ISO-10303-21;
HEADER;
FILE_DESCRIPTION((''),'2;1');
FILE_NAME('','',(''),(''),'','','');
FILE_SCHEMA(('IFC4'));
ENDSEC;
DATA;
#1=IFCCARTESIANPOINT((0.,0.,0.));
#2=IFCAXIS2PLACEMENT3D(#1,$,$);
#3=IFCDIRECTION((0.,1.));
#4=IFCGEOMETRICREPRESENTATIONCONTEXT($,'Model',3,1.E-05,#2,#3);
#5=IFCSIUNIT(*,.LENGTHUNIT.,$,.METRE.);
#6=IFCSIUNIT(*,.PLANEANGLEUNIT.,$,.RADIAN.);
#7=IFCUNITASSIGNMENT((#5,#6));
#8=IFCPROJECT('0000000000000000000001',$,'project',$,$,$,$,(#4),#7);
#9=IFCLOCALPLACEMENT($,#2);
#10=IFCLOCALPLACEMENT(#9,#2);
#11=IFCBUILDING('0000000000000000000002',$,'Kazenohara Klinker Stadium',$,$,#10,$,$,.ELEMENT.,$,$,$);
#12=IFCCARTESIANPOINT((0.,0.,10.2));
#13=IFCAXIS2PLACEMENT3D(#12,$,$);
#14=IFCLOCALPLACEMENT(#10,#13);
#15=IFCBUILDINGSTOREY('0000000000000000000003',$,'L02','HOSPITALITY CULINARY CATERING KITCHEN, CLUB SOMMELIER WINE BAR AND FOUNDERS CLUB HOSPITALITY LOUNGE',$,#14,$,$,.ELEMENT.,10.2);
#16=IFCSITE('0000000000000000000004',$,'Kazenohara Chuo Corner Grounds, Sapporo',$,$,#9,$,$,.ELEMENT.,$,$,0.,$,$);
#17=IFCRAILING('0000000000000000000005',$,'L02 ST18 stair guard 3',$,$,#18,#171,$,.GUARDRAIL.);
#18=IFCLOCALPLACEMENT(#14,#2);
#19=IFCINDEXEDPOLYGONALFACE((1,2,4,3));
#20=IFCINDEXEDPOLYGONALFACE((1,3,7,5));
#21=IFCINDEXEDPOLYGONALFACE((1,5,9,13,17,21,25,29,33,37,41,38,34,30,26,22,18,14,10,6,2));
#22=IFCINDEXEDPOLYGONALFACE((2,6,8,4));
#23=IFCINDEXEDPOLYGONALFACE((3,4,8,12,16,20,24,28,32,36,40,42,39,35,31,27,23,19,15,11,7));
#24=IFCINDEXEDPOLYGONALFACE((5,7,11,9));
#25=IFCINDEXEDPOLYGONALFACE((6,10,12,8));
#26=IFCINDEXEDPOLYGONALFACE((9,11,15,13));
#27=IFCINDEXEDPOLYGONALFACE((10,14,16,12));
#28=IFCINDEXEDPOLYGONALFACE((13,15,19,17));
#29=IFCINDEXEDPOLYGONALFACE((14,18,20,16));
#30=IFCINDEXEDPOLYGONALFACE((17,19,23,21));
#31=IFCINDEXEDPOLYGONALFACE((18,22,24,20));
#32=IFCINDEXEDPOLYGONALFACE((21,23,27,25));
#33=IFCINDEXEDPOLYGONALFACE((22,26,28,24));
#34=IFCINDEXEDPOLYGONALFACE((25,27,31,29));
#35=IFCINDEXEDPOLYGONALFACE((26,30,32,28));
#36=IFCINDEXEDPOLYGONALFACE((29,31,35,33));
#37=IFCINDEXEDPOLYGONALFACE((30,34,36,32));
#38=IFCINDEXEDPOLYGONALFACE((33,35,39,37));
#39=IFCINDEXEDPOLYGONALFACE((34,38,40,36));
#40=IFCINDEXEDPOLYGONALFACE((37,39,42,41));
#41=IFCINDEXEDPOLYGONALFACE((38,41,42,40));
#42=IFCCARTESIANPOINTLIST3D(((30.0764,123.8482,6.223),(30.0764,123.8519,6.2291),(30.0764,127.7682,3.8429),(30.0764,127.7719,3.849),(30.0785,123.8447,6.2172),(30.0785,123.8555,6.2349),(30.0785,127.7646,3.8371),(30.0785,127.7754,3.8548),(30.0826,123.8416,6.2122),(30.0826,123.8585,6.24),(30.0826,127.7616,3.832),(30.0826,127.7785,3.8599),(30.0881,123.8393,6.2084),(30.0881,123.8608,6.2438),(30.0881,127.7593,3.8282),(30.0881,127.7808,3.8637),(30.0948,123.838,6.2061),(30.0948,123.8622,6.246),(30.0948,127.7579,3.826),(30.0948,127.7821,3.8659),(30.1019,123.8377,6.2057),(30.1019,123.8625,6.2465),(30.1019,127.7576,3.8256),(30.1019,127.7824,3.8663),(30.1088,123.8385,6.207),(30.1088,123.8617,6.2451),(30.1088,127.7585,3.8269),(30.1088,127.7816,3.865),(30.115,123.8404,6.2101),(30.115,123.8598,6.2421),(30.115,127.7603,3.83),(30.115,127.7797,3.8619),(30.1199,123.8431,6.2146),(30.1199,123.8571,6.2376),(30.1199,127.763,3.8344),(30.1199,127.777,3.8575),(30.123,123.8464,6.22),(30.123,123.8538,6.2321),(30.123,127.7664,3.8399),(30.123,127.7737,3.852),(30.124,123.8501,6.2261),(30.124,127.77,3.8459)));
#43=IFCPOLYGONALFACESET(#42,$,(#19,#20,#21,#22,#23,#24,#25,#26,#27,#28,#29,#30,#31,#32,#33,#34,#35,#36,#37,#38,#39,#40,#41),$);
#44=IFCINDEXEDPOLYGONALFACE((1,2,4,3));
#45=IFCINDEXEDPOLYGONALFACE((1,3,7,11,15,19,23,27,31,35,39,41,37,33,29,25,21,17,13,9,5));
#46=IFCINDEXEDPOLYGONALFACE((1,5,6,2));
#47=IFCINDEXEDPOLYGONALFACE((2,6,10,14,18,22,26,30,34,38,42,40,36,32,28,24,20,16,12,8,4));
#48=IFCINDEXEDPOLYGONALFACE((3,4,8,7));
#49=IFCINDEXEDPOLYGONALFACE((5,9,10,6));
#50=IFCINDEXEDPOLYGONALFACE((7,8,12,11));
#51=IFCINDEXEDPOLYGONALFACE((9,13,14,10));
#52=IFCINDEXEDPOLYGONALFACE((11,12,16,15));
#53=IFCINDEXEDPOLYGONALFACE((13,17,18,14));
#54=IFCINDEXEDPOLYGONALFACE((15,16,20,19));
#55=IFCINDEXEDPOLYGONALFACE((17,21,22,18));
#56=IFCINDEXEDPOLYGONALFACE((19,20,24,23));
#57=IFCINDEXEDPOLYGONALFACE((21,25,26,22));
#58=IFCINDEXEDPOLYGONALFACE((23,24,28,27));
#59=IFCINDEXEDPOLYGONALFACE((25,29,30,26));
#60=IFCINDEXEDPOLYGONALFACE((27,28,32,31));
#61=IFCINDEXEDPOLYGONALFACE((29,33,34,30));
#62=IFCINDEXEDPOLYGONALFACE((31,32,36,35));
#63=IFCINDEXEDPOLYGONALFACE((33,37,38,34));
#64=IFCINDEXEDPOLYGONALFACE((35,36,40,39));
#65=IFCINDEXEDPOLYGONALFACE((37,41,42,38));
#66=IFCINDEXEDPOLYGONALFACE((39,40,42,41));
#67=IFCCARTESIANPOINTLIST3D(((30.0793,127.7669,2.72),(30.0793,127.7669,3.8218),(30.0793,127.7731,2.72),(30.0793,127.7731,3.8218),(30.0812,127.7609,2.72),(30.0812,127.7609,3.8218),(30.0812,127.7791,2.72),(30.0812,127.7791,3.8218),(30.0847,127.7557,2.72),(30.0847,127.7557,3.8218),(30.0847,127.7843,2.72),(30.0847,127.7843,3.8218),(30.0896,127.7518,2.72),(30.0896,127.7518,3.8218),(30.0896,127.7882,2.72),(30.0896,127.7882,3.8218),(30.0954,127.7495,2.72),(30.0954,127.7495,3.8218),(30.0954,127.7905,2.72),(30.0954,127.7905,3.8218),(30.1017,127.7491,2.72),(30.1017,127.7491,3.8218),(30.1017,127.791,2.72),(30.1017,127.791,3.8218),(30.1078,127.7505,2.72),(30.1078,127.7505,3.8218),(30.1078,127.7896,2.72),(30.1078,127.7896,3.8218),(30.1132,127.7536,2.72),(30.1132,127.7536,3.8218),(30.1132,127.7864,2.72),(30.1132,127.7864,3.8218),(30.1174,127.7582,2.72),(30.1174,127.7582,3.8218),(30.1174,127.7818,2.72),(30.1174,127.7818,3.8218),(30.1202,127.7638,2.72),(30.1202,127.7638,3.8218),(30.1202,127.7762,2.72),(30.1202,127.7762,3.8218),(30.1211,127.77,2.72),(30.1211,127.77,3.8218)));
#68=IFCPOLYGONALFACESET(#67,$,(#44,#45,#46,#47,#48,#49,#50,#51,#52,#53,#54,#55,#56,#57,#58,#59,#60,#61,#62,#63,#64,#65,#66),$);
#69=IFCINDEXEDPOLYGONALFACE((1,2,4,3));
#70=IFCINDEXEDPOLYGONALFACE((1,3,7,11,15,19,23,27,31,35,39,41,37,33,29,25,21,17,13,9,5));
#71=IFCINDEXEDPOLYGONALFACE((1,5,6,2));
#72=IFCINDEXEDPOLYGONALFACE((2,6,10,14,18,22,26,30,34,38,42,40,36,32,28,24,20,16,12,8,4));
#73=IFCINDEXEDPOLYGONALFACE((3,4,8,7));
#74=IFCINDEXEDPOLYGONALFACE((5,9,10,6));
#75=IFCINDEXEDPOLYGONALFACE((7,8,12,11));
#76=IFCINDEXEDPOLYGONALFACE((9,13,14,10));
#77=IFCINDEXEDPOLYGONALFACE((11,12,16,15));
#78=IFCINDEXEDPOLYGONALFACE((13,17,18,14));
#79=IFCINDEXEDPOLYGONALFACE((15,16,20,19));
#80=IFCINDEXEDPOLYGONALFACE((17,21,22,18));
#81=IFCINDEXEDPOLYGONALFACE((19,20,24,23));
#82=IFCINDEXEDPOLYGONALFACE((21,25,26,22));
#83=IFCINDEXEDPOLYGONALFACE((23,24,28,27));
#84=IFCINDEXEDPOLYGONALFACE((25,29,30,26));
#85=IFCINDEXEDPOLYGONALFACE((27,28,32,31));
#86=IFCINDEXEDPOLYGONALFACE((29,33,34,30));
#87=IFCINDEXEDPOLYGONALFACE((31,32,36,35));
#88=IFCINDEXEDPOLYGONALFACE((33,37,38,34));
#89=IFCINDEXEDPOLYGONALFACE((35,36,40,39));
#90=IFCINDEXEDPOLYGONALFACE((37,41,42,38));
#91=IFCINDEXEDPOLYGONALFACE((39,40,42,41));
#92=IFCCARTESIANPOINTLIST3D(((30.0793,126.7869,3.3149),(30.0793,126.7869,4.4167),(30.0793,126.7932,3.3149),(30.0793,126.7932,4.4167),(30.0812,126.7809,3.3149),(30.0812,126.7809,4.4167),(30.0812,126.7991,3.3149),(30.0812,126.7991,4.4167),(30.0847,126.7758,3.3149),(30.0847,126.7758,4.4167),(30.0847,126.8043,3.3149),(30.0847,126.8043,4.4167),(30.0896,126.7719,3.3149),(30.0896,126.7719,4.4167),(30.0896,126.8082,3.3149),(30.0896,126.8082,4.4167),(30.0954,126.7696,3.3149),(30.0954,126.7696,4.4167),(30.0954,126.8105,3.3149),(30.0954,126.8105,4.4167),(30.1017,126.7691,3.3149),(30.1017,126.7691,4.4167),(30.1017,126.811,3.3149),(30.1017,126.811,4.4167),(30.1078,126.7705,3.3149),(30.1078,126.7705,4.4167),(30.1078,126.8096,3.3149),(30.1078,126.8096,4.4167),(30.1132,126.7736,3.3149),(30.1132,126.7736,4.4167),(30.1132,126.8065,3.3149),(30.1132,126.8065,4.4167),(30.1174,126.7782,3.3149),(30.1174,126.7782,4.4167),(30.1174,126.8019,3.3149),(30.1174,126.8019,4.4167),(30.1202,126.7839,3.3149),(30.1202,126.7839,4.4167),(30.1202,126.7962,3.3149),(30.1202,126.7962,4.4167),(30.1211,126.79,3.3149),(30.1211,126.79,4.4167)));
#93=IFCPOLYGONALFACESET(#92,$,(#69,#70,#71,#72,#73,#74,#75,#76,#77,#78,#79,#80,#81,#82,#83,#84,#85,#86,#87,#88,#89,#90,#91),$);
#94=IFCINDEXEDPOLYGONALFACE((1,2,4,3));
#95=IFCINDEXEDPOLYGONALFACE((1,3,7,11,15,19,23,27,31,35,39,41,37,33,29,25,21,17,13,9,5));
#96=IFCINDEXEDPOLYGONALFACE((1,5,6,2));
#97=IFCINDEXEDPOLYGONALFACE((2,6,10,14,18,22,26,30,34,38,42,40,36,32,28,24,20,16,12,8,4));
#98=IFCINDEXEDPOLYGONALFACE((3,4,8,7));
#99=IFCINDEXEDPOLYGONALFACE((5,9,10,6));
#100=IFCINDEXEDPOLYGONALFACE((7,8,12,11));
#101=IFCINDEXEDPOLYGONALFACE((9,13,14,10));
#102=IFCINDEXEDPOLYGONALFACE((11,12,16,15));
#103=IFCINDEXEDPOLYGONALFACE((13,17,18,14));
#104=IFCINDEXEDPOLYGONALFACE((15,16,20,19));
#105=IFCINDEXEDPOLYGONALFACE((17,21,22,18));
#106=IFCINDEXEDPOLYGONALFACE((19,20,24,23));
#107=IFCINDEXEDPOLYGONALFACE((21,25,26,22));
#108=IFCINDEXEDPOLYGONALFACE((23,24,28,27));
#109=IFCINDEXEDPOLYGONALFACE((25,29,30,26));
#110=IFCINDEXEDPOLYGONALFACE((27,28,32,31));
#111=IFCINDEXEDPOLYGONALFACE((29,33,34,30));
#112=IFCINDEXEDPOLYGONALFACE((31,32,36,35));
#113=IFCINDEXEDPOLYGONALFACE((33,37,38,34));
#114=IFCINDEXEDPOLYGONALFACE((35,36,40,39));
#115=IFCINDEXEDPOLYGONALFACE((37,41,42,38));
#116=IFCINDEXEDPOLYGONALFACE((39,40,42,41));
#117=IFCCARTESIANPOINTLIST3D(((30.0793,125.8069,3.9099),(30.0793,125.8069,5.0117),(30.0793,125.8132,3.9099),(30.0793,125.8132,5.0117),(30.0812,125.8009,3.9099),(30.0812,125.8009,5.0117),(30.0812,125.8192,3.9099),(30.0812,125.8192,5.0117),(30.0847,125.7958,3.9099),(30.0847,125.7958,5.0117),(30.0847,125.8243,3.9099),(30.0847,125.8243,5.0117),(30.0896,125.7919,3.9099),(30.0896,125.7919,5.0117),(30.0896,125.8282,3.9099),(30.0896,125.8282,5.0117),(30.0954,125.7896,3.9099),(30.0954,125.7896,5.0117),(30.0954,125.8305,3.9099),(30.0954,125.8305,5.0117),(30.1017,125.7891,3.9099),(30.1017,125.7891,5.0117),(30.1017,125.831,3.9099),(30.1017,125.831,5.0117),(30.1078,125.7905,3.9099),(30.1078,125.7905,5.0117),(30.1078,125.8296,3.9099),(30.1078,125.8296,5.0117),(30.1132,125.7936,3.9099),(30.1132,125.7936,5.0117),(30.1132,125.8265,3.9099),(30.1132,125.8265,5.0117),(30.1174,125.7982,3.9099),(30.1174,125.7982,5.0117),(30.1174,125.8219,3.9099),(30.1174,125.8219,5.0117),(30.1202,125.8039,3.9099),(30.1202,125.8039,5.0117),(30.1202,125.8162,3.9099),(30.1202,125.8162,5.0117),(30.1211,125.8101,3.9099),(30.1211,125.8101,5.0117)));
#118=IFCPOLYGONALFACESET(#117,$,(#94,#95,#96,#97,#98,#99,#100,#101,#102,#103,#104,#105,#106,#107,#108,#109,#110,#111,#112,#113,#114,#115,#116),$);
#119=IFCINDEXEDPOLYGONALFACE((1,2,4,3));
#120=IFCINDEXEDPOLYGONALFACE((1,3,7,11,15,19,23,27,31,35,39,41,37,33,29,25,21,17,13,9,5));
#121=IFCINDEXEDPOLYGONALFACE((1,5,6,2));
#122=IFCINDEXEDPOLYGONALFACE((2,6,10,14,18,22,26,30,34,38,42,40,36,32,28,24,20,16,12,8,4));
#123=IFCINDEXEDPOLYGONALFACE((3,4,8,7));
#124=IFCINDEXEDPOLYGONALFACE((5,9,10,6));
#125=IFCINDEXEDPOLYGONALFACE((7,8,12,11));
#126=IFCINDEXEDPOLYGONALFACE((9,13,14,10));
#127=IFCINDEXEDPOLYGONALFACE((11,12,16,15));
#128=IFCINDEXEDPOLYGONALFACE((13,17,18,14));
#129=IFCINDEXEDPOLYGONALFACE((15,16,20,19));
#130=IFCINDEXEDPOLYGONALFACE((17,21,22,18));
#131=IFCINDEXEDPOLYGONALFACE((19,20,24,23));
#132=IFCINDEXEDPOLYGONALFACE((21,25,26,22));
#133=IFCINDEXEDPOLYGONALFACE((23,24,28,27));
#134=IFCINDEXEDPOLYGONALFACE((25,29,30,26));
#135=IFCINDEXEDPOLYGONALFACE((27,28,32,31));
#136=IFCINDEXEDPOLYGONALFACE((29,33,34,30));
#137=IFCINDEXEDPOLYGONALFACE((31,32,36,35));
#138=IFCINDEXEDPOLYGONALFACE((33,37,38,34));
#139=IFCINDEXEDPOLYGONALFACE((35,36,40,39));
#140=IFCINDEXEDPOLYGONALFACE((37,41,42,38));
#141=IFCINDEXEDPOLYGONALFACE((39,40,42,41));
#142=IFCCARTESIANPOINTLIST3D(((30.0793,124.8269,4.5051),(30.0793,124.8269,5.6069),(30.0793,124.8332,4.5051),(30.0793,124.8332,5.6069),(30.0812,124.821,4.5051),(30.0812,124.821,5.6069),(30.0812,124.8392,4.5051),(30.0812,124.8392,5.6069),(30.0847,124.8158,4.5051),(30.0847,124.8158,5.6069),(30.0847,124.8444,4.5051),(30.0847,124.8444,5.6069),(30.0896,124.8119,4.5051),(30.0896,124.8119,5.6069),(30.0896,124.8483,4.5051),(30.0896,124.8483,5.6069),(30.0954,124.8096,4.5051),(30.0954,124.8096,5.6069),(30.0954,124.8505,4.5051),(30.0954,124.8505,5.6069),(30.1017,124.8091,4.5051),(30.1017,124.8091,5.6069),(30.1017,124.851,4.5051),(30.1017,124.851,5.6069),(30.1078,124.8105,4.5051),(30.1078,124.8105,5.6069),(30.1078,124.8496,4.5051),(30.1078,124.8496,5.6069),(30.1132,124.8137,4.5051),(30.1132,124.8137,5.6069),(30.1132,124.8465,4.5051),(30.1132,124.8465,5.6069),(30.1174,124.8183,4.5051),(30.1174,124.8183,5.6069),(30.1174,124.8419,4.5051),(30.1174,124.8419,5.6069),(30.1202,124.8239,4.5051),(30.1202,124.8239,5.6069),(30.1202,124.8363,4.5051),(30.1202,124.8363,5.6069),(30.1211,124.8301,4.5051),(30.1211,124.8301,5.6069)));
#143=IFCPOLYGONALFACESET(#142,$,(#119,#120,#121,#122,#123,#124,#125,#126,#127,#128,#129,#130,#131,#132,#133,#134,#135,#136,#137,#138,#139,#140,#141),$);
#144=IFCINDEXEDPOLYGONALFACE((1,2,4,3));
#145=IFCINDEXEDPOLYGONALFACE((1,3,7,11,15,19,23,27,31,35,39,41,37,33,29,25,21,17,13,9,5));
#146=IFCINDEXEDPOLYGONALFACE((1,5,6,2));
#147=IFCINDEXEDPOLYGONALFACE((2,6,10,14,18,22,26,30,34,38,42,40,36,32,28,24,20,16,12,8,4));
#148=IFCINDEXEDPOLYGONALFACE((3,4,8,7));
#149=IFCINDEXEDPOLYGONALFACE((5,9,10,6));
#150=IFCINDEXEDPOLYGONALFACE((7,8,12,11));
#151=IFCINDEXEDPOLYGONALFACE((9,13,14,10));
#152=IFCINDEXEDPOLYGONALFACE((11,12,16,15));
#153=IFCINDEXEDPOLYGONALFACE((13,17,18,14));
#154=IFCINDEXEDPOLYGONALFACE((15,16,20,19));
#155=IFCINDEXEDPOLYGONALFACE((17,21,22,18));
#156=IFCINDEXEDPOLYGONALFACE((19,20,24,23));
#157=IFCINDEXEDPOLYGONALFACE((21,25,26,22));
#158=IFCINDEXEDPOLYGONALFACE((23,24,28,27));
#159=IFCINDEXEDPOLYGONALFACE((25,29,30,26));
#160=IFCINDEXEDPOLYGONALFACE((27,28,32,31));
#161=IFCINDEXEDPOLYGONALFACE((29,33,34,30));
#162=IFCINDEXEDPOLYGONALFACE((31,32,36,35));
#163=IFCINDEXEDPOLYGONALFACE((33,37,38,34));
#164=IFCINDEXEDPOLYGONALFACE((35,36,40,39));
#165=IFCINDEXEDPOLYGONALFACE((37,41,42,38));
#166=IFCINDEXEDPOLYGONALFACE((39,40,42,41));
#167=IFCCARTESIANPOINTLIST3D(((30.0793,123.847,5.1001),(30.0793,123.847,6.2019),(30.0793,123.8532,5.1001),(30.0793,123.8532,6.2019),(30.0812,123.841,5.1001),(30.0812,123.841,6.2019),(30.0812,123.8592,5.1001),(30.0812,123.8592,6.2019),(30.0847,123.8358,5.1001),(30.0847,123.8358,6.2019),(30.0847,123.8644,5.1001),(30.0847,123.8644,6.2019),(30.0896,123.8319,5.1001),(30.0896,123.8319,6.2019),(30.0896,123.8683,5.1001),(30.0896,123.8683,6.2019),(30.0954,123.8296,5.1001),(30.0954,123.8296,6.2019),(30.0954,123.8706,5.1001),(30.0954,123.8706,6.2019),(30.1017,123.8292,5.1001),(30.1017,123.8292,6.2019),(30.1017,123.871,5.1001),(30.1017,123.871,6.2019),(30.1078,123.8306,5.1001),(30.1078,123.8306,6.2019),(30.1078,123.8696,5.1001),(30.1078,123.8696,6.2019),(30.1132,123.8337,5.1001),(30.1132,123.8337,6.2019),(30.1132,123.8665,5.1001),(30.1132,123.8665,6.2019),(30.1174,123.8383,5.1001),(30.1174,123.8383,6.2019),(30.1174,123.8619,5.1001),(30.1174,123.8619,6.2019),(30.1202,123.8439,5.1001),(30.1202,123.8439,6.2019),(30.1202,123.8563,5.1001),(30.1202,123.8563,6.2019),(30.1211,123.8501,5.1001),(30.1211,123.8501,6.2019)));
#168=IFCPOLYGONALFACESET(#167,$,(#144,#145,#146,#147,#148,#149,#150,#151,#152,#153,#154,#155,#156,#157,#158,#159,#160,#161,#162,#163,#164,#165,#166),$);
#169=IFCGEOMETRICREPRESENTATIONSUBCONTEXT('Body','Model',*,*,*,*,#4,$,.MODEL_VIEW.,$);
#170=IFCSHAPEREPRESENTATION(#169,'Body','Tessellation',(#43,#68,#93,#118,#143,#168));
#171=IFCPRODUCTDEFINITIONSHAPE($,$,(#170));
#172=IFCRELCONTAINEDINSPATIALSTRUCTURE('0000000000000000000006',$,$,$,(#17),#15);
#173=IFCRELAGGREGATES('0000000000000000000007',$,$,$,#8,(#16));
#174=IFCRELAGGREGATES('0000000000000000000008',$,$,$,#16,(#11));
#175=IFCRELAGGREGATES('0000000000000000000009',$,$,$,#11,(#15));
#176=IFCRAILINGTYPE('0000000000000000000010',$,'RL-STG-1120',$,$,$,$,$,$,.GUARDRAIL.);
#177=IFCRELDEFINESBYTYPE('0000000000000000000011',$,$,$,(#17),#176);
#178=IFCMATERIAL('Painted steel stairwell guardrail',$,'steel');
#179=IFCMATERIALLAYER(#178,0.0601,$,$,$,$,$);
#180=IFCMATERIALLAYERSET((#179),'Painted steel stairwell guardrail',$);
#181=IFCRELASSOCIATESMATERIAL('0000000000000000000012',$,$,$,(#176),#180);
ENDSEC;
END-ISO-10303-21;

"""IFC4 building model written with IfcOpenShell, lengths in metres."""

from ifc_helpers import new_model, si_unit, direction, frame, origin, origin_2d, place, context, subcontext, project, spatial, circle, extrude, material, layer, layer_set, type_object, element, save


model = new_model("IFC4")

# Units and contexts
model_context = context("Model", 3, precision=1e-05, world=origin(), true_north=direction((0.0, 1.0)))
body_context = subcontext(model_context, "Body", "Model", "MODEL_VIEW")
ifc_project = project(units=[si_unit("LENGTHUNIT", "METRE"), si_unit("PLANEANGLEUNIT", "RADIAN")], contexts=[model_context])

# Site, building, storey
site_placement = place(None, origin())
site = spatial("IfcSite", under=ifc_project, at=site_placement, Name="Kazenohara Chuo Corner Grounds, Sapporo", CompositionType="ELEMENT", RefElevation=0.0)
building_placement = place(site_placement, origin())
building = spatial("IfcBuilding", under=site, at=building_placement, Name="Kazenohara Klinker Stadium", CompositionType="ELEMENT")
storey_placement = place(building_placement, frame((0.0, 0.0, 10.2)))
storey = spatial("IfcBuildingStorey", under=building, at=storey_placement, Name="L02", Description="HOSPITALITY CULINARY CATERING KITCHEN, CLUB SOMMELIER WINE BAR AND FOUNDERS CLUB HOSPITALITY LOUNGE", CompositionType="ELEMENT", Elevation=10.2)

# Railing
ifc_material_1 = material(Name="Painted steel stairwell guardrail", Category="steel")
ifc_layer_1 = layer(ifc_material_1, 0.0601)
ifc_layer_set_1 = layer_set([ifc_layer_1], Name="Painted steel stairwell guardrail")
railing_type_1 = type_object("IfcRailingType", Name="RL-STG-1120", PredefinedType="GUARDRAIL", material=ifc_layer_set_1)
railing_1_placement = place(storey_placement, frame((30.1001, 127.77, 2.72)))
element("IfcRailing", 1, at=railing_1_placement, inside=storey, type_object=railing_type_1, Name="L02 ST18 stair guard 3", PredefinedType="GUARDRAIL", context=body_context, shape_type="SweptSolid", body=[
    extrude(circle(Radius=0.0239, at=origin_2d()), frame((0.0, 0.0, 1.126), z_axis=(0.0, -0.854771, 0.519006), x_axis=(1.0, 0.0, 0.0)), (0.0, 0.0, 1.0), 4.5859),
    extrude(circle(Radius=0.021, at=origin_2d()), origin(), (0.0, 0.0, 1.0), 1.1018),
    extrude(circle(Radius=0.021, at=origin_2d()), frame((0.0, -0.98, 0.595)), (0.0, 0.0, 1.0), 1.1018),
    extrude(circle(Radius=0.021, at=origin_2d()), frame((0.0, -1.96, 1.1899)), (0.0, 0.0, 1.0), 1.1018),
    extrude(circle(Radius=0.021, at=origin_2d()), frame((0.0, -2.9399, 1.7852)), (0.0, 0.0, 1.0), 1.1018),
    extrude(circle(Radius=0.021, at=origin_2d()), frame((0.0, -3.9199, 2.3801)), (0.0, 0.0, 1.0), 1.1018),
])

save(model, "model.ifc")
